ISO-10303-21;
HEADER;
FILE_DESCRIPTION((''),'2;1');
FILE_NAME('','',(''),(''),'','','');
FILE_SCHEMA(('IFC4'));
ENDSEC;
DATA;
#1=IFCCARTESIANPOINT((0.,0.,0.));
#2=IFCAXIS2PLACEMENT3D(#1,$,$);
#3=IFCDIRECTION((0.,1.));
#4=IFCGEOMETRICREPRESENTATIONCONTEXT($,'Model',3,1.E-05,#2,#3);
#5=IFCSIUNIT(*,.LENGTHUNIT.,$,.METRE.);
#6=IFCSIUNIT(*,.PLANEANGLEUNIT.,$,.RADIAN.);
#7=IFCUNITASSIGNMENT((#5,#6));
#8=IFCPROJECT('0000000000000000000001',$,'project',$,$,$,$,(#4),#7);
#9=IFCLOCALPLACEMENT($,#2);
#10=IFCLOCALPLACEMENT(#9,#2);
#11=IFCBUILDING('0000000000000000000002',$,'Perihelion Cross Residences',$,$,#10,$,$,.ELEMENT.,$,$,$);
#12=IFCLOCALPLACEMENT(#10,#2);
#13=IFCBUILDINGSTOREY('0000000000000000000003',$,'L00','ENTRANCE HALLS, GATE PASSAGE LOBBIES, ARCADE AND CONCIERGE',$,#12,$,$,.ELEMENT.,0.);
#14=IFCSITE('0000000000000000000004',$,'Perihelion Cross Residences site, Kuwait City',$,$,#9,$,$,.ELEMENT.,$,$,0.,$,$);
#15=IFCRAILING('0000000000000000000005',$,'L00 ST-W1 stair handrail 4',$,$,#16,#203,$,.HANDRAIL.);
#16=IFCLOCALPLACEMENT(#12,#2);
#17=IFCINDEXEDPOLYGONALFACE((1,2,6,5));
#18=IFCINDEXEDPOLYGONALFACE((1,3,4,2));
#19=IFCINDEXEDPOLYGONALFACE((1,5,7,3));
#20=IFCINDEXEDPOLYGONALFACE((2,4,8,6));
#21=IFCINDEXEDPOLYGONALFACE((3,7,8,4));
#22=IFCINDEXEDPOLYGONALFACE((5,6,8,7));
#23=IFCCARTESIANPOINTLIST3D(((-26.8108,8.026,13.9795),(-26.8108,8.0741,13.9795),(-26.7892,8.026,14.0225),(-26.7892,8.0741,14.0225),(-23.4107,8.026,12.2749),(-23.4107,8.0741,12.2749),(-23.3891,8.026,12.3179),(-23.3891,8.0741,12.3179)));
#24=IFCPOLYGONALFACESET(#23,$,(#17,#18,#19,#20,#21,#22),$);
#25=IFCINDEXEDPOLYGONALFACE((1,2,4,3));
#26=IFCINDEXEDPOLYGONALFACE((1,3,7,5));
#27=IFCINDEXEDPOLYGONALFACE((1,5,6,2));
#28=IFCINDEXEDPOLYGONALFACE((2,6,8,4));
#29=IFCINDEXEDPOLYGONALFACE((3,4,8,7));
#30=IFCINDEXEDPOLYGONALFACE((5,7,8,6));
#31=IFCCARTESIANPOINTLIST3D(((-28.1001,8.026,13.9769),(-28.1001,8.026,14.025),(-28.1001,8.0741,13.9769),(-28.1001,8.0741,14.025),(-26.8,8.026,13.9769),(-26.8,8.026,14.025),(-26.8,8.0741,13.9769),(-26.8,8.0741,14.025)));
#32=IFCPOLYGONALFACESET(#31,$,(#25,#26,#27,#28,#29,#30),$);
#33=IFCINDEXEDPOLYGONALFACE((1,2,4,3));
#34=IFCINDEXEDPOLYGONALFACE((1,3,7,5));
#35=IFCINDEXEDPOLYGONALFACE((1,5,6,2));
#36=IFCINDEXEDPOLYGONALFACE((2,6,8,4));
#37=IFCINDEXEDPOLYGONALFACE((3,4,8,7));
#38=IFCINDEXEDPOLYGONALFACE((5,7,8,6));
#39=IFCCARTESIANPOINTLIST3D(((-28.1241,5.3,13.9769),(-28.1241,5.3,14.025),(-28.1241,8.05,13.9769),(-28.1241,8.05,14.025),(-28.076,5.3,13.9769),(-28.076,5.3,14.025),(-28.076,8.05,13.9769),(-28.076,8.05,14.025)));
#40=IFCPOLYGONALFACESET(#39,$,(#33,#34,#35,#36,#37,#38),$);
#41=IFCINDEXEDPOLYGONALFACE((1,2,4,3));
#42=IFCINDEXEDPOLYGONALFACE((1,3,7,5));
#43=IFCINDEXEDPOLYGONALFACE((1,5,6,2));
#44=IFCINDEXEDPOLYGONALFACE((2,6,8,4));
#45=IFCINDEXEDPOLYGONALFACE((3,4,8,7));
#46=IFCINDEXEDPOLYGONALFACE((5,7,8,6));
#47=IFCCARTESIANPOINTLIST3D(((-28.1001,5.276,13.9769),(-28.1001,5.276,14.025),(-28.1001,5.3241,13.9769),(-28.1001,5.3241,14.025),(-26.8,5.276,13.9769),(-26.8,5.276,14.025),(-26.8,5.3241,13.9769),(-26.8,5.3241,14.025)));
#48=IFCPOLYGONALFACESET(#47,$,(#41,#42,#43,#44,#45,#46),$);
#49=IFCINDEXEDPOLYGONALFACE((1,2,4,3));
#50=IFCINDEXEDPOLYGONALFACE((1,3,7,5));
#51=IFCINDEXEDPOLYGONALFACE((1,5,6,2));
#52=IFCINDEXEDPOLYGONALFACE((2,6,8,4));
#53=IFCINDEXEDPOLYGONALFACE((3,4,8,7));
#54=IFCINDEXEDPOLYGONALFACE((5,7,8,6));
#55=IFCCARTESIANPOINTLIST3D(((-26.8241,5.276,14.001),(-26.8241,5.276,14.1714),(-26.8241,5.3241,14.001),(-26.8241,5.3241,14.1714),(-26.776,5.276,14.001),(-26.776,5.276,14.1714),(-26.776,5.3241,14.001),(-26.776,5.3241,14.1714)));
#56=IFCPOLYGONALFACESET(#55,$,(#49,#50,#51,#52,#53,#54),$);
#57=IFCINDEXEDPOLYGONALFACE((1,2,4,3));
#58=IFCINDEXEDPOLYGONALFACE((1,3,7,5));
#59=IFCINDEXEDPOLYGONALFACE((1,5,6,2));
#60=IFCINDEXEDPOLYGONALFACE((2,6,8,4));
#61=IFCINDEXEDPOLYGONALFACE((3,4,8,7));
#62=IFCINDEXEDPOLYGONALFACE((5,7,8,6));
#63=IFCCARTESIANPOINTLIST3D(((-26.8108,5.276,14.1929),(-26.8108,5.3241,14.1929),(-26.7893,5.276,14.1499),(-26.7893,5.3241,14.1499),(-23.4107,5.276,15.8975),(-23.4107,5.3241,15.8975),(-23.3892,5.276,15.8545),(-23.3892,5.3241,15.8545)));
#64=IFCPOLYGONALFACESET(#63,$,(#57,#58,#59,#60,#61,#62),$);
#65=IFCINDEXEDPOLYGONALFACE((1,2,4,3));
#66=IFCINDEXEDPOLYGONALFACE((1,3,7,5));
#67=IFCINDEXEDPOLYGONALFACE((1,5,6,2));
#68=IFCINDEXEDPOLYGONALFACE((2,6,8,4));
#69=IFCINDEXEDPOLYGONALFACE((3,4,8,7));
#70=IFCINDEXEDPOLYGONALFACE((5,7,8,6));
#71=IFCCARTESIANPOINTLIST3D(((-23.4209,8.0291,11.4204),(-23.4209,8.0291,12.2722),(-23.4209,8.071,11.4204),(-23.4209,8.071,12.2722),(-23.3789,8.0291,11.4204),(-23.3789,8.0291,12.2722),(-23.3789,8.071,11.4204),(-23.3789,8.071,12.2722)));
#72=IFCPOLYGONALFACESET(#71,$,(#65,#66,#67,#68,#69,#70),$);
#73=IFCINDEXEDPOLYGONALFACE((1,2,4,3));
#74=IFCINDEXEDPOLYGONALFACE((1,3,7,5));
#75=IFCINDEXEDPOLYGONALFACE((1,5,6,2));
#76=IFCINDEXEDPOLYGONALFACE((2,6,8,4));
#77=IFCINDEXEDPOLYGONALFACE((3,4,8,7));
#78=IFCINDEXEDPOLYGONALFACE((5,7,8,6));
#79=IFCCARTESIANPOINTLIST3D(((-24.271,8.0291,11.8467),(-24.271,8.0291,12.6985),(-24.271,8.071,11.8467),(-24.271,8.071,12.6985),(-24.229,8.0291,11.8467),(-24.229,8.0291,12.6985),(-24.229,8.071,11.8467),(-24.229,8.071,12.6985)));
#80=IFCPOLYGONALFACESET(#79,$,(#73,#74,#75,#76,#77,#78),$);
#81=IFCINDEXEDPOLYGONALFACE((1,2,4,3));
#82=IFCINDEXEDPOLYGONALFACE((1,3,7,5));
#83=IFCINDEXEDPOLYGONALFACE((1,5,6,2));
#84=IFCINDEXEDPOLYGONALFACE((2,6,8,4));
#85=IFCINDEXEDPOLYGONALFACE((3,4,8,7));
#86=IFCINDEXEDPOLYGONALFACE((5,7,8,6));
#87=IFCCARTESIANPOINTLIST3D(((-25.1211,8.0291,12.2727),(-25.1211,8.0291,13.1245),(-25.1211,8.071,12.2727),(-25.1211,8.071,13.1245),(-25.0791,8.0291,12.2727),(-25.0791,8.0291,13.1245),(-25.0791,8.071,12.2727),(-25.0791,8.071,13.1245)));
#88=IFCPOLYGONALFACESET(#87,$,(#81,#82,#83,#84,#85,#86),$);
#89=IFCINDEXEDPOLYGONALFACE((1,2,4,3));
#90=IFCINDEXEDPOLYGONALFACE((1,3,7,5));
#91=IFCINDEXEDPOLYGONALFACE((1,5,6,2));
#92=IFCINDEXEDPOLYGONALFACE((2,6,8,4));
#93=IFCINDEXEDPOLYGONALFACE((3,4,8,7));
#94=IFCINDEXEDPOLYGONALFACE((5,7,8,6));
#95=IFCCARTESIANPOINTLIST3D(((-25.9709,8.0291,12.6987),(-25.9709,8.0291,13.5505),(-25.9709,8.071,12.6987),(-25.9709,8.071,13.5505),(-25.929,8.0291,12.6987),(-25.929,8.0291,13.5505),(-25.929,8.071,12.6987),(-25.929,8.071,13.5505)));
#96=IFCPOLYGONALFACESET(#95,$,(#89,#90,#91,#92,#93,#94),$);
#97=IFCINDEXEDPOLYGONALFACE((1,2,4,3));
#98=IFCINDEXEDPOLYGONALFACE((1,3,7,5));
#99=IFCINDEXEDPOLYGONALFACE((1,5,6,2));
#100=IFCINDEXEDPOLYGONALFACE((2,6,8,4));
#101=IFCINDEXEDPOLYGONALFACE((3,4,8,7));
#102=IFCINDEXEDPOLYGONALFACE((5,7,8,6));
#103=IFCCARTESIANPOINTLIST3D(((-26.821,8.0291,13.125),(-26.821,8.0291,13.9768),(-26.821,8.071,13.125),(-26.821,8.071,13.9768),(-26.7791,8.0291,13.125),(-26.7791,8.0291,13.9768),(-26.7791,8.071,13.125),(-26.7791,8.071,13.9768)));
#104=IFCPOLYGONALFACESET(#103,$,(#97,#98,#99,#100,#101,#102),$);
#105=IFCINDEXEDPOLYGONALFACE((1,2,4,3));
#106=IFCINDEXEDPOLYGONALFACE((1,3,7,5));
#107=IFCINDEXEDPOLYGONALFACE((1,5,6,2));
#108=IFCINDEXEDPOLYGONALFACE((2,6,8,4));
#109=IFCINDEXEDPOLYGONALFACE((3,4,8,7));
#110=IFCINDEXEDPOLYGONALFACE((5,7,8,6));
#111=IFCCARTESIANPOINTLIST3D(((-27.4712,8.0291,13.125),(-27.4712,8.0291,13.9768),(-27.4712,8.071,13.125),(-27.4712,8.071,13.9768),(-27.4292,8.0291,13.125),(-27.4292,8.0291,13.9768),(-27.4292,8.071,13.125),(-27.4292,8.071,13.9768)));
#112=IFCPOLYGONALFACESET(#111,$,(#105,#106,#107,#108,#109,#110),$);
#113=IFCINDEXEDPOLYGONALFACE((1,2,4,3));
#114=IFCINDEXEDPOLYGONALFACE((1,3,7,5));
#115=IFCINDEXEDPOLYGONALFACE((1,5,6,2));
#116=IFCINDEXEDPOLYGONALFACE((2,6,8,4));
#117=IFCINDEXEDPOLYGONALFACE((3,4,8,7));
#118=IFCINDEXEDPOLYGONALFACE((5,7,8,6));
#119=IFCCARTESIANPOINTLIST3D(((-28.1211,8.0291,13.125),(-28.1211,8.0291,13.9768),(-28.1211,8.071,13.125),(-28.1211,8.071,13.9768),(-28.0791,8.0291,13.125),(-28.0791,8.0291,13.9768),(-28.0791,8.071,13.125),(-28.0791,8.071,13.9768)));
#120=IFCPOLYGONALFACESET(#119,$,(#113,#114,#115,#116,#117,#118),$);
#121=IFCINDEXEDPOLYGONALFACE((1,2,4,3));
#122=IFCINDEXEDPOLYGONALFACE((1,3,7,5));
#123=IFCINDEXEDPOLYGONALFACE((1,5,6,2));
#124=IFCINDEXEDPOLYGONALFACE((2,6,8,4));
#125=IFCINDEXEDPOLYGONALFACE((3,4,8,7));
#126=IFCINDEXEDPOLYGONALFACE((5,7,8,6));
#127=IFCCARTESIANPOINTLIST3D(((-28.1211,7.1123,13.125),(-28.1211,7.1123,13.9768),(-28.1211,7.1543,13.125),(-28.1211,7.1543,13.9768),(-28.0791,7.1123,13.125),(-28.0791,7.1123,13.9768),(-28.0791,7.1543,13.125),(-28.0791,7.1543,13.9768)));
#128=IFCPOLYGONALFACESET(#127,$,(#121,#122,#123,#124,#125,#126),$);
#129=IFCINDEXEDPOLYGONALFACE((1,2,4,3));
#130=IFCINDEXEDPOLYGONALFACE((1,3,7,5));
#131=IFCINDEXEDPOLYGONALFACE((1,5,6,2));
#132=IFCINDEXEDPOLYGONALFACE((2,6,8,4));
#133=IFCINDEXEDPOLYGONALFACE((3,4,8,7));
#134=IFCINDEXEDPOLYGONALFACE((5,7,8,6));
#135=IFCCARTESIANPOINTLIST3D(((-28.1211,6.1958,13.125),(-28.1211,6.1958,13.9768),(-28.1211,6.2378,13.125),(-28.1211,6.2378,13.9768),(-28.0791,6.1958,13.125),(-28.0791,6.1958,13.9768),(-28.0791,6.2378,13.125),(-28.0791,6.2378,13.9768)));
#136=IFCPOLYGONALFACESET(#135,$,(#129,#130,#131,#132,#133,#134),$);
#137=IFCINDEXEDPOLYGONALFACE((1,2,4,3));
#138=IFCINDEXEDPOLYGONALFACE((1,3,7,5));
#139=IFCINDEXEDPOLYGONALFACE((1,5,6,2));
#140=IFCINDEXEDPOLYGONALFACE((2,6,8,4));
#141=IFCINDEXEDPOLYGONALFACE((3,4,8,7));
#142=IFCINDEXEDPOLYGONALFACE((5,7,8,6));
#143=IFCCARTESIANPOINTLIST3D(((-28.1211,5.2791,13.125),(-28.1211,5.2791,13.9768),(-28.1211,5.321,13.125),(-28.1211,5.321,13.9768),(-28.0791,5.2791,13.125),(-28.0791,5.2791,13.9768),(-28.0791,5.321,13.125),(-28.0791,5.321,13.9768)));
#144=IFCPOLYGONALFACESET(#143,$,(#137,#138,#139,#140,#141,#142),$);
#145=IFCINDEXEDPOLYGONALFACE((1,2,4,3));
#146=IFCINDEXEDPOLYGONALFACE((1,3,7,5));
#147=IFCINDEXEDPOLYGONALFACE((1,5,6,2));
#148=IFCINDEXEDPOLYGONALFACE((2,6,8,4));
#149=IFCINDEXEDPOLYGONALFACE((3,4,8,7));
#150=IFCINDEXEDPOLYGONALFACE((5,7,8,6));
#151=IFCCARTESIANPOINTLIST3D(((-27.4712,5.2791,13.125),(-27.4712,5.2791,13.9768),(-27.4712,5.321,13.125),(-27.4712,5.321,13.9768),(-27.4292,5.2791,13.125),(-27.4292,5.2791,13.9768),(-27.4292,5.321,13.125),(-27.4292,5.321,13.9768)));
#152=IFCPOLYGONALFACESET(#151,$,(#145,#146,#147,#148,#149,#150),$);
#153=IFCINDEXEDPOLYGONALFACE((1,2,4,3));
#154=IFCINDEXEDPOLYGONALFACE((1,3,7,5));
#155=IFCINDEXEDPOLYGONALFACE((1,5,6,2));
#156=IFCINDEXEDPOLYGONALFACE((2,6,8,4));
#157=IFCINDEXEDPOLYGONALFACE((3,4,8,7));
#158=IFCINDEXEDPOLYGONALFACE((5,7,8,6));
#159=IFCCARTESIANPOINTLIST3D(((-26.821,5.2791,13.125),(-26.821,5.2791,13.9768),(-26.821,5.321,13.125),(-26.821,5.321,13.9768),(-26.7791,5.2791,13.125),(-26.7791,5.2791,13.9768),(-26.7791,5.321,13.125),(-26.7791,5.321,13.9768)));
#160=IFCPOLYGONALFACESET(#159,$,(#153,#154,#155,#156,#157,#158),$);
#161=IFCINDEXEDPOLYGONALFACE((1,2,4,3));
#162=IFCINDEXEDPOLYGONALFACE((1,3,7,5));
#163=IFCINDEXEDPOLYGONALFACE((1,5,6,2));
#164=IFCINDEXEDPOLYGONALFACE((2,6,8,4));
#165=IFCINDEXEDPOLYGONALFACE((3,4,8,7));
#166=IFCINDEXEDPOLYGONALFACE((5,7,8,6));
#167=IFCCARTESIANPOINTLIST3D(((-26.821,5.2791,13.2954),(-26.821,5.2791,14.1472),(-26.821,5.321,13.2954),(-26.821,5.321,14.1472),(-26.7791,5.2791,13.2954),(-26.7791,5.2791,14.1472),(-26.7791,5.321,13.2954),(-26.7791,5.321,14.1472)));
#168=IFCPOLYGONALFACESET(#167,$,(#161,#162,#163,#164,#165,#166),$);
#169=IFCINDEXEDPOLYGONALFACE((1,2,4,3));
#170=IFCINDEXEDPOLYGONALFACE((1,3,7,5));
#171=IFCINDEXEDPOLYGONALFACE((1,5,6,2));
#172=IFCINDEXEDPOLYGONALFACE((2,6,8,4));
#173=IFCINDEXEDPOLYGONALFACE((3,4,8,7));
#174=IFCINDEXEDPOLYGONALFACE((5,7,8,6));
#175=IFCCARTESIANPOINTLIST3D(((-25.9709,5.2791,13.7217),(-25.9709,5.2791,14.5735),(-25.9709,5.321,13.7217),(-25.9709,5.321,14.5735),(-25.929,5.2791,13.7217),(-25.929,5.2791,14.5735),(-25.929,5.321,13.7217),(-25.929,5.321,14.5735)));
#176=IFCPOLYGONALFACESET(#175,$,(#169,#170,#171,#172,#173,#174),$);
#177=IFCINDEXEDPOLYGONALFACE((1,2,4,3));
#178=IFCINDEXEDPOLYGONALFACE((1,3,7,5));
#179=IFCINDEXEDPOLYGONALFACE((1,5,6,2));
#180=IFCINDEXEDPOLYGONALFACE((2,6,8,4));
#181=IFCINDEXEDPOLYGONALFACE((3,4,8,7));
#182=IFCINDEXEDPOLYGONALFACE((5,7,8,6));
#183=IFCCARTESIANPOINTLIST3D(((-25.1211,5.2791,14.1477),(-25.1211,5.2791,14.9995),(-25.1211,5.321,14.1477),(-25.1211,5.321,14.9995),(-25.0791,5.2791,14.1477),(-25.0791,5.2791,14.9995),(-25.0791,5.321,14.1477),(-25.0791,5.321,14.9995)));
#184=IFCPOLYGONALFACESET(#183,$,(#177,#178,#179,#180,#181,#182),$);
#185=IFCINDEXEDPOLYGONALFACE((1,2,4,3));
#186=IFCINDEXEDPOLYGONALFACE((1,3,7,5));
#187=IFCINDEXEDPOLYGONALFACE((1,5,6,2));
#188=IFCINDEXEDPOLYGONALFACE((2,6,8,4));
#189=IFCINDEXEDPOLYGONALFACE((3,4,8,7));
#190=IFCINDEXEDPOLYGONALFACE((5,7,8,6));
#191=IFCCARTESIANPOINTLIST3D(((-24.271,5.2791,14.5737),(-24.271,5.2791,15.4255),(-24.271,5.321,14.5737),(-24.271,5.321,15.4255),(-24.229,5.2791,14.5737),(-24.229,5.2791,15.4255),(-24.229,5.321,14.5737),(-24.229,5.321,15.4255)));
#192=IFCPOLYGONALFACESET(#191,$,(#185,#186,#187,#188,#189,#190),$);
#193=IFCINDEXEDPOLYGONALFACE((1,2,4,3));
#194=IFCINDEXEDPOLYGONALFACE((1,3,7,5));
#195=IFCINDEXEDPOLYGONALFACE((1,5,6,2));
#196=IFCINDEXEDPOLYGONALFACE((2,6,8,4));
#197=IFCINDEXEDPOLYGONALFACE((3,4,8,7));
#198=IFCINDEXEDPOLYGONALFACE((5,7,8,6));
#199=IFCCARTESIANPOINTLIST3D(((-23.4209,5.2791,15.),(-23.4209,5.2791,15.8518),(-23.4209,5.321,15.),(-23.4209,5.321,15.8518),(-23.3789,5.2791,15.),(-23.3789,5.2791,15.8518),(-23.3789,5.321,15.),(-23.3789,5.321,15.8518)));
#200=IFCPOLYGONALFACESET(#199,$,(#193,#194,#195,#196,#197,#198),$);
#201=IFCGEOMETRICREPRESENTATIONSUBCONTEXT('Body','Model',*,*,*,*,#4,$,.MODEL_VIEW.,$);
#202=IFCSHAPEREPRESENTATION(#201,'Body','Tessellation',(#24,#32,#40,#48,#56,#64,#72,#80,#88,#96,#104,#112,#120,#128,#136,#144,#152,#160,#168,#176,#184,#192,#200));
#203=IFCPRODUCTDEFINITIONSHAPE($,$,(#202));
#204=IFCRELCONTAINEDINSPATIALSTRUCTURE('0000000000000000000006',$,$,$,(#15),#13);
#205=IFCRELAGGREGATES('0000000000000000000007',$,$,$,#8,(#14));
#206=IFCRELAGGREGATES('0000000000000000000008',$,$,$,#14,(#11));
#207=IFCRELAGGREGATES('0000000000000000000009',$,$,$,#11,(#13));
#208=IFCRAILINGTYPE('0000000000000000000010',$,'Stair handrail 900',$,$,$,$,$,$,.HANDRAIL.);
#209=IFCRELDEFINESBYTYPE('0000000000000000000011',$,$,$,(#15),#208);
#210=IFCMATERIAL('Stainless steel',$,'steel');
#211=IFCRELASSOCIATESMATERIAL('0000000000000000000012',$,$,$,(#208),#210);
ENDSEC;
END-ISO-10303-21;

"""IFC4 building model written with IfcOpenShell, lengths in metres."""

from ifc_helpers import new_model, si_unit, direction, frame, origin, origin_2d, place, context, subcontext, project, spatial, rectangle, extrude, material, type_object, element, save


model = new_model("IFC4")

# Units and contexts
model_context = context("Model", 3, precision=1e-05, world=origin(), true_north=direction((0.0, 1.0)))
body_context = subcontext(model_context, "Body", "Model", "MODEL_VIEW")
ifc_project = project(units=[si_unit("LENGTHUNIT", "METRE"), si_unit("PLANEANGLEUNIT", "RADIAN")], contexts=[model_context])

# Site, building, storey
site_placement = place(None, origin())
site = spatial("IfcSite", under=ifc_project, at=site_placement, Name="Perihelion Cross Residences site, Kuwait City", CompositionType="ELEMENT", RefElevation=0.0)
building_placement = place(site_placement, origin())
building = spatial("IfcBuilding", under=site, at=building_placement, Name="Perihelion Cross Residences", CompositionType="ELEMENT")
storey_placement = place(building_placement, origin())
storey = spatial("IfcBuildingStorey", under=building, at=storey_placement, Name="L00", Description="ENTRANCE HALLS, GATE PASSAGE LOBBIES, ARCADE AND CONCIERGE", CompositionType="ELEMENT", Elevation=0.0)

# Railing
ifc_material_1 = material(Name="Stainless steel", Category="steel")
railing_type_1 = type_object("IfcRailingType", Name="Stair handrail 900", PredefinedType="HANDRAIL", material=ifc_material_1)
railing_1_placement = place(storey_placement, frame((-23.3999, 8.05, 11.4204)))
element("IfcRailing", 1, at=railing_1_placement, inside=storey, type_object=railing_type_1, Name="L00 ST-W1 stair handrail 4", PredefinedType="HANDRAIL", context=body_context, shape_type="SweptSolid", body=[
    extrude(rectangle(XDim=0.0481, YDim=0.0481, at=origin_2d()), frame((0.0, 0.0, 0.876), z_axis=(-0.893952, 0.0, 0.448163), x_axis=(0.0, -1.0, 0.0)), (0.0, 0.0, 1.0), 3.8035),
    extrude(rectangle(XDim=0.0481, YDim=0.0481, at=origin_2d()), frame((-3.4001, 0.0, 2.5806), z_axis=(-1.0, 0.0, 0.0), x_axis=(0.0, -1.0, 0.0)), (0.0, 0.0, 1.0), 1.3),
    extrude(rectangle(XDim=0.0481, YDim=0.0481, at=origin_2d()), frame((-4.7002, 0.0, 2.5806), z_axis=(0.0, -1.0, 0.0), x_axis=(1.0, 0.0, 0.0)), (0.0, 0.0, 1.0), 2.75),
    extrude(rectangle(XDim=0.0481, YDim=0.0481, at=origin_2d()), frame((-4.7002, -2.75, 2.5806), z_axis=(1.0, 0.0, 0.0), x_axis=(0.0, 1.0, 0.0)), (0.0, 0.0, 1.0), 1.3),
    extrude(rectangle(XDim=0.0481, YDim=0.0481, at=origin_2d()), frame((-3.4001, -2.75, 2.5806), z_axis=(0.0, 0.0, 1.0), x_axis=(1.0, 0.0, 0.0)), (0.0, 0.0, 1.0), 0.1704),
    extrude(rectangle(XDim=0.0481, YDim=0.0481, at=origin_2d()), frame((-3.4001, -2.75, 2.751), z_axis=(0.893952, 0.0, 0.448163), x_axis=(0.0, 1.0, 0.0)), (0.0, 0.0, 1.0), 3.8035),
    extrude(rectangle(XDim=0.042, YDim=0.042, at=origin_2d()), origin(), (0.0, 0.0, 1.0), 0.8518),
    extrude(rectangle(XDim=0.042, YDim=0.042, at=origin_2d()), frame((-0.8501, 0.0, 0.4263)), (0.0, 0.0, 1.0), 0.8518),
    extrude(rectangle(XDim=0.042, YDim=0.042, at=origin_2d()), frame((-1.7002, 0.0, 0.8523)), (0.0, 0.0, 1.0), 0.8518),
    extrude(rectangle(XDim=0.042, YDim=0.042, at=origin_2d()), frame((-2.55, 0.0, 1.2783)), (0.0, 0.0, 1.0), 0.8518),
    extrude(rectangle(XDim=0.042, YDim=0.042, at=origin_2d()), frame((-3.4001, 0.0, 1.7046)), (0.0, 0.0, 1.0), 0.8518),
    extrude(rectangle(XDim=0.042, YDim=0.042, at=origin_2d()), frame((-4.0503, 0.0, 1.7046)), (0.0, 0.0, 1.0), 0.8518),
    extrude(rectangle(XDim=0.042, YDim=0.042, at=origin_2d()), frame((-4.7002, 0.0, 1.7046)), (0.0, 0.0, 1.0), 0.8518),
    extrude(rectangle(XDim=0.042, YDim=0.042, at=origin_2d()), frame((-4.7002, -0.9167, 1.7046)), (0.0, 0.0, 1.0), 0.8518),
    extrude(rectangle(XDim=0.042, YDim=0.042, at=origin_2d()), frame((-4.7002, -1.8333, 1.7046)), (0.0, 0.0, 1.0), 0.8518),
    extrude(rectangle(XDim=0.042, YDim=0.042, at=origin_2d()), frame((-4.7002, -2.75, 1.7046)), (0.0, 0.0, 1.0), 0.8518),
    extrude(rectangle(XDim=0.042, YDim=0.042, at=origin_2d()), frame((-4.0503, -2.75, 1.7046)), (0.0, 0.0, 1.0), 0.8518),
    extrude(rectangle(XDim=0.042, YDim=0.042, at=origin_2d()), frame((-3.4001, -2.75, 1.7046)), (0.0, 0.0, 1.0), 0.8518),
    extrude(rectangle(XDim=0.042, YDim=0.042, at=origin_2d()), frame((-3.4001, -2.75, 1.875)), (0.0, 0.0, 1.0), 0.8518),
    extrude(rectangle(XDim=0.042, YDim=0.042, at=origin_2d()), frame((-2.55, -2.75, 2.3013)), (0.0, 0.0, 1.0), 0.8518),
    extrude(rectangle(XDim=0.042, YDim=0.042, at=origin_2d()), frame((-1.7002, -2.75, 2.7273)), (0.0, 0.0, 1.0), 0.8518),
    extrude(rectangle(XDim=0.042, YDim=0.042, at=origin_2d()), frame((-0.8501, -2.75, 3.1533)), (0.0, 0.0, 1.0), 0.8518),
    extrude(rectangle(XDim=0.042, YDim=0.042, at=origin_2d()), frame((0.0, -2.75, 3.5796)), (0.0, 0.0, 1.0), 0.8518),
])

save(model, "model.ifc")
